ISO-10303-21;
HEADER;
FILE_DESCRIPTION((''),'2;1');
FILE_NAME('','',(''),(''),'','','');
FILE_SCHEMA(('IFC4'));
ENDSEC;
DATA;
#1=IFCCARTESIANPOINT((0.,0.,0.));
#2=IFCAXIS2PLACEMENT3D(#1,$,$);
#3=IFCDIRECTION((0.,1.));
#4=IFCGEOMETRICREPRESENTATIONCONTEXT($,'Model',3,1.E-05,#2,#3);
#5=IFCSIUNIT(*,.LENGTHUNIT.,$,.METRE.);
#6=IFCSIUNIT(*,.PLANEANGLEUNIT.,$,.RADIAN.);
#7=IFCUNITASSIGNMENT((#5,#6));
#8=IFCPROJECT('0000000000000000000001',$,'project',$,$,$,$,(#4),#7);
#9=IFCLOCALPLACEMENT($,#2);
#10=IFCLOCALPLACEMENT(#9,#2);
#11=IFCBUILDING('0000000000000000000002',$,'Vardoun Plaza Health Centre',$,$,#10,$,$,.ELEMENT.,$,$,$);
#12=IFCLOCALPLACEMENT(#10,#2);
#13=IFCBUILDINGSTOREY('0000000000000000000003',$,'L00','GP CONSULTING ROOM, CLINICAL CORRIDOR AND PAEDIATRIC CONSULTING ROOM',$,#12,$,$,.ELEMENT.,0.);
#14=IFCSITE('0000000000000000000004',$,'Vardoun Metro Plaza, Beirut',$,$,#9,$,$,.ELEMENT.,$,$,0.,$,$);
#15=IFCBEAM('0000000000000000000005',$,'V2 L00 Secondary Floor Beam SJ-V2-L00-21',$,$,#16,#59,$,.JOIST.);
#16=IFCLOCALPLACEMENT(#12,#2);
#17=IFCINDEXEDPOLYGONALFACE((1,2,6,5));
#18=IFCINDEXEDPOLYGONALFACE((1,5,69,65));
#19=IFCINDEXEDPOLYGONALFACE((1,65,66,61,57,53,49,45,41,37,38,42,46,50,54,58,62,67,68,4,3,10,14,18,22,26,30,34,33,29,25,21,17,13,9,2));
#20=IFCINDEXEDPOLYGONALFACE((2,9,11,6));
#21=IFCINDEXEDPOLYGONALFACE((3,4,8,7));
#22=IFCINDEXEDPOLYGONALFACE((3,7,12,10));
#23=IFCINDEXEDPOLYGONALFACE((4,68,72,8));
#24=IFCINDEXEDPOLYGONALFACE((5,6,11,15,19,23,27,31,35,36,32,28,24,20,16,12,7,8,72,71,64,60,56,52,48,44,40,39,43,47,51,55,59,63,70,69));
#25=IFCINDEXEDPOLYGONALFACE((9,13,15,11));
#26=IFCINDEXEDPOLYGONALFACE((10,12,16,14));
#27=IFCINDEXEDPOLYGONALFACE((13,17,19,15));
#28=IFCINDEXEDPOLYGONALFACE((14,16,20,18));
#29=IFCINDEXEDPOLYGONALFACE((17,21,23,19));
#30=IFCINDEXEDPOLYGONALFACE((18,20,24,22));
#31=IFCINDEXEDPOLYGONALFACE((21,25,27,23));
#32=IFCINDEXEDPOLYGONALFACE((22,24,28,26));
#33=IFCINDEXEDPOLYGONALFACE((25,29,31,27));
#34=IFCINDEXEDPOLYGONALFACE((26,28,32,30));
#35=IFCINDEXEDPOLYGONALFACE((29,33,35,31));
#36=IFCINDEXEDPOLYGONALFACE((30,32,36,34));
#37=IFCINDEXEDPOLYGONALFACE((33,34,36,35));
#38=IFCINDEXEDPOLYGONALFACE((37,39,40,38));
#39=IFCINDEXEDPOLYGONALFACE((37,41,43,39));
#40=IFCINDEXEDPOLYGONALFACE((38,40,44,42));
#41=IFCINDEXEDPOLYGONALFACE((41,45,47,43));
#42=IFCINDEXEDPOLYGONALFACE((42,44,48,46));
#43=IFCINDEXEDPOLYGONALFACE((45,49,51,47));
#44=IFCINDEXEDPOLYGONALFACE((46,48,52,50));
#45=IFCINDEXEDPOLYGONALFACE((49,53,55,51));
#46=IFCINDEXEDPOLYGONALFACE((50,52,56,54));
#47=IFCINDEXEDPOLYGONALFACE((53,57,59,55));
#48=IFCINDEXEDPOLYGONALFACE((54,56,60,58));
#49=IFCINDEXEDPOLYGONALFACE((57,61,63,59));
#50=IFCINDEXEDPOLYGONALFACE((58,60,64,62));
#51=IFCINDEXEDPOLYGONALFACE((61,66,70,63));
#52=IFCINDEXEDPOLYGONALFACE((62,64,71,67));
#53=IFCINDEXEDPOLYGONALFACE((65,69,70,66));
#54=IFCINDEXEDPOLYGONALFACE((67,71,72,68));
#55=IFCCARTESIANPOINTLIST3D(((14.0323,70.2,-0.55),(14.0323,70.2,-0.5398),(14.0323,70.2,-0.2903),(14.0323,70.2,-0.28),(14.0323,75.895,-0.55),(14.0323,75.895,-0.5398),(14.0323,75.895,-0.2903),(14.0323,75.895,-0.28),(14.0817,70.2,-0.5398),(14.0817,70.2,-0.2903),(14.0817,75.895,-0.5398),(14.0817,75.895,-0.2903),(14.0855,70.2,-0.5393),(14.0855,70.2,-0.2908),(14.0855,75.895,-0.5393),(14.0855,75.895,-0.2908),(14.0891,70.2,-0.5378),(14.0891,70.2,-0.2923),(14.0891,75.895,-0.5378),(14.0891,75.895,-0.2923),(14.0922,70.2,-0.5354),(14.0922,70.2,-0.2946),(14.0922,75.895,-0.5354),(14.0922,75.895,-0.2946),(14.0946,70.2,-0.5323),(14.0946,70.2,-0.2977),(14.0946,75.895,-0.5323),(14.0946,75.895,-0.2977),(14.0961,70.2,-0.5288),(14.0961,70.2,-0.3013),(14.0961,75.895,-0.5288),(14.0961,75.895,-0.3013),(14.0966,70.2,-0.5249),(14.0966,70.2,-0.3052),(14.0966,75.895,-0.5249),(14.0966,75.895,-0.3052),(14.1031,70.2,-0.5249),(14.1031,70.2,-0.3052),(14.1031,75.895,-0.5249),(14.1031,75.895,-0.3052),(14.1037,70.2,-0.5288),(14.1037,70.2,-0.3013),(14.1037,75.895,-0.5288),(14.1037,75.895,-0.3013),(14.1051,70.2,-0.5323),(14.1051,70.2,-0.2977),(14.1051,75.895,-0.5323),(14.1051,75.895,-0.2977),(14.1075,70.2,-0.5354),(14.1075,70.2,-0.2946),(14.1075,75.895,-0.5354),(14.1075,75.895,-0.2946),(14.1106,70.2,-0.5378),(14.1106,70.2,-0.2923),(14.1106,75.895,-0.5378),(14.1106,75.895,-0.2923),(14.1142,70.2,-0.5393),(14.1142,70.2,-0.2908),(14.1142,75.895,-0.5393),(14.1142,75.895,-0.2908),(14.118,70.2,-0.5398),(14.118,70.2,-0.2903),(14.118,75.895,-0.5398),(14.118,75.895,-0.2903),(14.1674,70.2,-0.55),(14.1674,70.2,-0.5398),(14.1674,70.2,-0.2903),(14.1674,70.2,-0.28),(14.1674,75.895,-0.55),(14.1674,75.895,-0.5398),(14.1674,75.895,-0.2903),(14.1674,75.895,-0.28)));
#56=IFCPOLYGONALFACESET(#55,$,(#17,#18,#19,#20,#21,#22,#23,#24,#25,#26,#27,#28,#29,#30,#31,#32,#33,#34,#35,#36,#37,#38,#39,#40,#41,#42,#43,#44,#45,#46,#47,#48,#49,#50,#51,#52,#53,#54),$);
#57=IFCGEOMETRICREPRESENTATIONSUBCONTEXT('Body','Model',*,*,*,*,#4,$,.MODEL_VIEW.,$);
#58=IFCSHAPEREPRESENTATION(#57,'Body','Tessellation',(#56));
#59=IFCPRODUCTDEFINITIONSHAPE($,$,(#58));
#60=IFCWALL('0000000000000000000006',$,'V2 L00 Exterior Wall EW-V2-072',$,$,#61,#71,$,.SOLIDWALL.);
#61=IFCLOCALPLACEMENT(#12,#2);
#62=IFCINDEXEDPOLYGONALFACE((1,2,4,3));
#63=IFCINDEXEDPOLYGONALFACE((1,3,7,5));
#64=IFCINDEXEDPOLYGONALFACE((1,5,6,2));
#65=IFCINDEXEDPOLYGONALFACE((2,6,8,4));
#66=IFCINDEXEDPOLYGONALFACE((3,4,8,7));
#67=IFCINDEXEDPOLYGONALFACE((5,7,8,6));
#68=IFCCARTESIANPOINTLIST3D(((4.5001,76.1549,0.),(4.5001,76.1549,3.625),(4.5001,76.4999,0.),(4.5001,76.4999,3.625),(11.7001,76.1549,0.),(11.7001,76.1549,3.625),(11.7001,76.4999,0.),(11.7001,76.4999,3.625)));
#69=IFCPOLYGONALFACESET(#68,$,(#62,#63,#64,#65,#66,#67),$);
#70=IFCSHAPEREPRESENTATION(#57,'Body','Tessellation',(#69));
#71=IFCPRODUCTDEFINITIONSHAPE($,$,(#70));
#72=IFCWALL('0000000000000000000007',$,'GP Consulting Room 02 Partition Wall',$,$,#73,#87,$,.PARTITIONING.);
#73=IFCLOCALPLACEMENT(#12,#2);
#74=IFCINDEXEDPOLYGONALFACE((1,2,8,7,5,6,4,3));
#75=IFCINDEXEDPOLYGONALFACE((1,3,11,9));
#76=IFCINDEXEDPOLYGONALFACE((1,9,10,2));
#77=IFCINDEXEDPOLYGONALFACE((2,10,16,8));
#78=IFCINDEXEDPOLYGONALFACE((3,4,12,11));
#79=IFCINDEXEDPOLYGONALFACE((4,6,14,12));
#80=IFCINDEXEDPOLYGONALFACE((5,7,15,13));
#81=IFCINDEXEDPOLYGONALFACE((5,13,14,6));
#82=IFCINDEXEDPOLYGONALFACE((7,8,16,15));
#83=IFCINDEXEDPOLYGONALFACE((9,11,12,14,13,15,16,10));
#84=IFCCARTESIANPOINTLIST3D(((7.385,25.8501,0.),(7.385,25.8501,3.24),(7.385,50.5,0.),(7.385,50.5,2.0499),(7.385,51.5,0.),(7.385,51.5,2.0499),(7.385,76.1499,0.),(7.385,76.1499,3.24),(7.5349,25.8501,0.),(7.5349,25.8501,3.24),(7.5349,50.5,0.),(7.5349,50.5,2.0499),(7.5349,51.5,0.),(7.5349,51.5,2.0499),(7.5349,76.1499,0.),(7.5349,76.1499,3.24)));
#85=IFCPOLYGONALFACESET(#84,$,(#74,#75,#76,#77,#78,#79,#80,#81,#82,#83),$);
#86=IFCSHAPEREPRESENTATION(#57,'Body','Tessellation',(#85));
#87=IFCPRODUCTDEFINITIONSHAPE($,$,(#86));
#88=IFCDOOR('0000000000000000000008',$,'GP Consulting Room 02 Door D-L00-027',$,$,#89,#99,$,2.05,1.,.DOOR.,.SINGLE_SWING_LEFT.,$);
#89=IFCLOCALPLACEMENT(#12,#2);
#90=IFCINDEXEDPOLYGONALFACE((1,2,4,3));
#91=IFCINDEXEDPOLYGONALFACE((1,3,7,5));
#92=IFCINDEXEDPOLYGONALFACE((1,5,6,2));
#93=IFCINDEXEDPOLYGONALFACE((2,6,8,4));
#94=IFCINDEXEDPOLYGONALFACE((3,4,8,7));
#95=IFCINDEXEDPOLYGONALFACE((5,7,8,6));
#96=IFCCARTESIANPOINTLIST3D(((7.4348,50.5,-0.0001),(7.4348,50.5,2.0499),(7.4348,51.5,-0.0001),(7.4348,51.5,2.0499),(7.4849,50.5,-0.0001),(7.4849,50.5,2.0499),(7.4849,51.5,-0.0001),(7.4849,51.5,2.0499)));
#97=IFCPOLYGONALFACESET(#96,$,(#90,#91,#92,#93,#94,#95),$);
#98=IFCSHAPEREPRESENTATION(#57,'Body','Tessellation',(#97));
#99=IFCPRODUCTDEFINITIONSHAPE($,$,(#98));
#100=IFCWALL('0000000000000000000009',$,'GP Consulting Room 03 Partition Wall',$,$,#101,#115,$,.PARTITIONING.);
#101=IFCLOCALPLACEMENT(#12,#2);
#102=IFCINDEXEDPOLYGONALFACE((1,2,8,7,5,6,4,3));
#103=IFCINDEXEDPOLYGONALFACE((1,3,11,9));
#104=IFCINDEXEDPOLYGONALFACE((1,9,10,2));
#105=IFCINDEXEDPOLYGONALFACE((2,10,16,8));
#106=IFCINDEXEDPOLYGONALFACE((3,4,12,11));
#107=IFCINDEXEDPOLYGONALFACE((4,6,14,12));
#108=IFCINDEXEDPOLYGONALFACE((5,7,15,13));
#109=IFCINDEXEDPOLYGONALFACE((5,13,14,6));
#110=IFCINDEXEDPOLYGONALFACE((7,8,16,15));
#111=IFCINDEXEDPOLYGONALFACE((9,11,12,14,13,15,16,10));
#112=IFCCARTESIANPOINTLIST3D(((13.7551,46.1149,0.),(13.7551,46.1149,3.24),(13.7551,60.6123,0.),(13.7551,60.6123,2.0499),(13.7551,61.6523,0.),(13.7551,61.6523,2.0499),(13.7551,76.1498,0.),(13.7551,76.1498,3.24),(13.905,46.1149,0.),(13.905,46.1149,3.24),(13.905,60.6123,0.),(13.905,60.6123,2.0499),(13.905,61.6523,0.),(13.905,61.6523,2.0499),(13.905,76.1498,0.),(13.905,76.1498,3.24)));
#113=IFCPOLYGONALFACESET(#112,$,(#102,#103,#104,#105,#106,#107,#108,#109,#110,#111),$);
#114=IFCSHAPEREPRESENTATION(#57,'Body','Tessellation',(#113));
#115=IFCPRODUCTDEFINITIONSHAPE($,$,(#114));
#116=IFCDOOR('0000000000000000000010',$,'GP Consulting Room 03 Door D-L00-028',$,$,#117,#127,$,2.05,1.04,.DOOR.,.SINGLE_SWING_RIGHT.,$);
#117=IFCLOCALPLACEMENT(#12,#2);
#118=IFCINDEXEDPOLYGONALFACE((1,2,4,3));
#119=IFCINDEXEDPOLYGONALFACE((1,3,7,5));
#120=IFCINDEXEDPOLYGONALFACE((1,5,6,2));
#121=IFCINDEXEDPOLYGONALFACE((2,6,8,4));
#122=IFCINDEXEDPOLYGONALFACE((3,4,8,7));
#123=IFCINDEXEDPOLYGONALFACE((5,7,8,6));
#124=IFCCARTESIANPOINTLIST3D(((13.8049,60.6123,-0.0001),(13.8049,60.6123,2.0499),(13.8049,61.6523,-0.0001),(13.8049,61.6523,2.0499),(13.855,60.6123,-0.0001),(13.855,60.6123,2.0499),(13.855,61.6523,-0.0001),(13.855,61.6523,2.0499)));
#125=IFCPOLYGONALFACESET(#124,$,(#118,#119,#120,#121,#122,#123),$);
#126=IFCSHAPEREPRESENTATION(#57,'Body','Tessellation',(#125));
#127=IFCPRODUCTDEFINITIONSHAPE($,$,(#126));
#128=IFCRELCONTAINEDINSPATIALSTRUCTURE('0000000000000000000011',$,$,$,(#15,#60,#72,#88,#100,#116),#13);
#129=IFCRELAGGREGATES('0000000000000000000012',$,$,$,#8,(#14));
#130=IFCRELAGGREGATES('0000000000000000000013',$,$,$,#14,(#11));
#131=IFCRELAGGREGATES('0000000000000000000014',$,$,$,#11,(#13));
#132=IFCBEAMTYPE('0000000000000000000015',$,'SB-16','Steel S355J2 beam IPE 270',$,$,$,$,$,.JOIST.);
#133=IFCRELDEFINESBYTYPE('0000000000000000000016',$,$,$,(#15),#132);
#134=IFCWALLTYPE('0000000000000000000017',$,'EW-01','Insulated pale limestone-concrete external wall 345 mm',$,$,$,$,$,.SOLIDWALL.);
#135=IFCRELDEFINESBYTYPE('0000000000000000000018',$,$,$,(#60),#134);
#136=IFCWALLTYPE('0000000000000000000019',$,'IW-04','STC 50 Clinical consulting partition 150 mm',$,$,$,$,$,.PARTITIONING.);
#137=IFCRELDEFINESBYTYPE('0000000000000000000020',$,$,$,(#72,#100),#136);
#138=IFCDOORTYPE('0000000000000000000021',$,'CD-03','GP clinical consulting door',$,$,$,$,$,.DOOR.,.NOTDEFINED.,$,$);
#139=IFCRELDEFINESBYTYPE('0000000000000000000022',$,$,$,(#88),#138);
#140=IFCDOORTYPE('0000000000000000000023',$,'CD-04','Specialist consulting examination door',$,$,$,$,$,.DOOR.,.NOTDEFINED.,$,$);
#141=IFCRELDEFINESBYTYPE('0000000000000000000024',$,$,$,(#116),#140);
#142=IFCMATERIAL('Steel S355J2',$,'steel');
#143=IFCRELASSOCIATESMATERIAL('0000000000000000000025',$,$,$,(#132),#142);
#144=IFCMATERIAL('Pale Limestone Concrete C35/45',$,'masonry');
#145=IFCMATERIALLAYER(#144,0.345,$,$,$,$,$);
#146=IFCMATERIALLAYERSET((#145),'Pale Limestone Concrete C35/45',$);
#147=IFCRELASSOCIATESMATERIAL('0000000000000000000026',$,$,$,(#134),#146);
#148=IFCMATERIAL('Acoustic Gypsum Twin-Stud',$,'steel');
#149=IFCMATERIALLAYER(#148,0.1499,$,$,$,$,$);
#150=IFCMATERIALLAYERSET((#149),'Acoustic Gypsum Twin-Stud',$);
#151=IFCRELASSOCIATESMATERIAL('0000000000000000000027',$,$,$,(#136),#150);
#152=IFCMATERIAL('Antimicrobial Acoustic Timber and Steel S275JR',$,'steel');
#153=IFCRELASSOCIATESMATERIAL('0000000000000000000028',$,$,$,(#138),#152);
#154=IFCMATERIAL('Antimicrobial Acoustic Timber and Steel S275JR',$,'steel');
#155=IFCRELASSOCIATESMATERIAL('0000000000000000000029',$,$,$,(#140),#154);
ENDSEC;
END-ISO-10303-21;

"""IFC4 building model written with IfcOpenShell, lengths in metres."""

from ifc_helpers import new_model, si_unit, direction, frame, frame_2d, origin, origin_2d, place, context, subcontext, project, spatial, rectangle, i_section, extrude, material, layer, layer_set, material_profile, profile_set, type_object, element, fill, save


model = new_model("IFC4")

# Units and contexts
model_context = context("Model", 3, precision=1e-05, world=origin(), true_north=direction((0.0, 1.0)))
body_context = subcontext(model_context, "Body", "Model", "MODEL_VIEW")
ifc_project = project(units=[si_unit("LENGTHUNIT", "METRE"), si_unit("PLANEANGLEUNIT", "RADIAN")], contexts=[model_context])

# Site, building, storey
site_placement = place(None, origin())
site = spatial("IfcSite", under=ifc_project, at=site_placement, Name="Vardoun Metro Plaza, Beirut", CompositionType="ELEMENT", RefElevation=0.0)
building_placement = place(site_placement, origin())
building = spatial("IfcBuilding", under=site, at=building_placement, Name="Vardoun Plaza Health Centre", CompositionType="ELEMENT")
storey_placement = place(building_placement, origin())
storey = spatial("IfcBuildingStorey", under=building, at=storey_placement, Name="L00", Description="GP CONSULTING ROOM, CLINICAL CORRIDOR AND PAEDIATRIC CONSULTING ROOM", CompositionType="ELEMENT", Elevation=0.0)

# Beam
ifc_material_1 = material(Name="Steel S355J2", Category="steel")
ifc_material_profile_1 = material_profile(ifc_material_1, i_section(OverallWidth=0.135, OverallDepth=0.27, WebThickness=0.0066, FlangeThickness=0.0103, FilletRadius=0.0149, at=origin_2d()), Name="IPE 270")
ifc_profile_set_1 = profile_set([ifc_material_profile_1], Name="Steel S355J2")
beam_type_1 = type_object("IfcBeamType", Name="SB-16", Description="Steel S355J2 beam IPE 270", PredefinedType="JOIST", material=ifc_profile_set_1)
beam_1_placement = place(storey_placement, frame((14.0999, 70.2, -0.415), z_axis=(0.0, 1.0, 0.0), x_axis=(-1.0, 0.0, 0.0)))
element("IfcBeam", 1, at=beam_1_placement, inside=storey, type_object=beam_type_1, Name="V2 L00 Secondary Floor Beam SJ-V2-L00-21", PredefinedType="JOIST", context=body_context, shape_type="SweptSolid", body=[
    extrude(i_section(OverallWidth=0.135, OverallDepth=0.27, WebThickness=0.0066, FlangeThickness=0.0103, FilletRadius=0.0149, at=origin_2d()), origin(), (0.0, 0.0, 1.0), 5.6951),
])

# Wall
ifc_material_2 = material(Name="Pale Limestone Concrete C35/45", Category="masonry")
ifc_layer_1 = layer(ifc_material_2, 0.345)
ifc_layer_set_1 = layer_set([ifc_layer_1], Name="Pale Limestone Concrete C35/45")
wall_type_1 = type_object("IfcWallType", Name="EW-01", Description="Insulated pale limestone-concrete external wall 345 mm", PredefinedType="SOLIDWALL", material=ifc_layer_set_1)
wall_1_placement = place(storey_placement, frame((4.5, 76.3274, 0.0), z_axis=(0.0, 0.0, 1.0), x_axis=(1.0, 0.0, 0.0)))
element("IfcWall", 2, at=wall_1_placement, inside=storey, type_object=wall_type_1, Name="V2 L00 Exterior Wall EW-V2-072", PredefinedType="SOLIDWALL", context=body_context, shape_type="SweptSolid", body=[
    extrude(rectangle(XDim=7.2, YDim=0.345, at=frame_2d((3.6001, 0.0))), origin(), (0.0, 0.0, 1.0), 3.625),
])

# Walls, openings, doors
ifc_material_3 = material(Name="Acoustic Gypsum Twin-Stud", Category="steel")
ifc_layer_2 = layer(ifc_material_3, 0.1499)
ifc_layer_set_2 = layer_set([ifc_layer_2], Name="Acoustic Gypsum Twin-Stud")
wall_type_2 = type_object("IfcWallType", Name="IW-04", Description="STC 50 Clinical consulting partition 150 mm", PredefinedType="PARTITIONING", material=ifc_layer_set_2)
wall_2_placement = place(storey_placement, frame((7.46, 76.1499, 0.0), z_axis=(0.0, 0.0, 1.0), x_axis=(0.0, -1.0, 0.0)))
wall_2 = element("IfcWall", 3, at=wall_2_placement, inside=storey, type_object=wall_type_2, Name="GP Consulting Room 02 Partition Wall", PredefinedType="PARTITIONING", context=body_context, shape_type="SweptSolid", body=[
    extrude(rectangle(XDim=50.2998, YDim=0.1499, at=frame_2d((25.1499, 0.0))), origin(), (0.0, 0.0, 1.0), 3.24),
])
opening_1_placement = place(wall_2_placement, frame((24.6499, 0.0, 0.0)))
opening_1 = element("IfcOpeningElement", 4, at=opening_1_placement, cuts=wall_2, PredefinedType="OPENING", context=body_context, shape_type="SweptSolid", body=[
    extrude(rectangle(XDim=1.0, YDim=2.05, at=frame_2d((0.5, 1.0249))), frame((0.0, 0.075, 0.0), z_axis=(0.0, -1.0, 0.0), x_axis=(1.0, 0.0, 0.0)), (0.0, 0.0, 1.0), 0.1499),
])
ifc_material_4 = material(Name="Antimicrobial Acoustic Timber and Steel S275JR", Category="steel")
door_type_1 = type_object("IfcDoorType", Name="CD-03", Description="GP clinical consulting door", OperationType="NOTDEFINED", PredefinedType="DOOR", material=ifc_material_4)
door_1_placement = place(opening_1_placement, origin())
door_1 = element("IfcDoor", 5, at=door_1_placement, inside=storey, type_object=door_type_1, Name="GP Consulting Room 02 Door D-L00-027", OperationType="SINGLE_SWING_LEFT", OverallHeight=2.05, OverallWidth=1.0, PredefinedType="DOOR", context=body_context, shape_type="SweptSolid", body=[
    extrude(rectangle(XDim=1.0, YDim=2.05, at=frame_2d((0.5, 1.0249))), frame((0.0, 0.0249, 0.0), z_axis=(0.0, -1.0, 0.0), x_axis=(1.0, 0.0, 0.0)), (0.0, 0.0, 1.0), 0.05),
])
fill(opening_1, door_1)
wall_3_placement = place(storey_placement, frame((13.8301, 76.1499, 0.0), z_axis=(0.0, 0.0, 1.0), x_axis=(0.0, -1.0, 0.0)))
wall_3 = element("IfcWall", 6, at=wall_3_placement, inside=storey, type_object=wall_type_2, Name="GP Consulting Room 03 Partition Wall", PredefinedType="PARTITIONING", context=body_context, shape_type="SweptSolid", body=[
    extrude(rectangle(XDim=30.0349, YDim=0.1499, at=frame_2d((15.0176, 0.0))), origin(), (0.0, 0.0, 1.0), 3.24),
])
opening_2_placement = place(wall_3_placement, frame((14.4976, 0.0, 0.0)))
opening_2 = element("IfcOpeningElement", 7, at=opening_2_placement, cuts=wall_3, PredefinedType="OPENING", context=body_context, shape_type="SweptSolid", body=[
    extrude(rectangle(XDim=1.04, YDim=2.05, at=frame_2d((0.52, 1.0249))), frame((0.0, 0.075, 0.0), z_axis=(0.0, -1.0, 0.0), x_axis=(1.0, 0.0, 0.0)), (0.0, 0.0, 1.0), 0.1499),
])
ifc_material_5 = material(Name="Antimicrobial Acoustic Timber and Steel S275JR", Category="steel")
door_type_2 = type_object("IfcDoorType", Name="CD-04", Description="Specialist consulting examination door", OperationType="NOTDEFINED", PredefinedType="DOOR", material=ifc_material_5)
door_2_placement = place(opening_2_placement, origin())
door_2 = element("IfcDoor", 8, at=door_2_placement, inside=storey, type_object=door_type_2, Name="GP Consulting Room 03 Door D-L00-028", OperationType="SINGLE_SWING_RIGHT", OverallHeight=2.05, OverallWidth=1.04, PredefinedType="DOOR", context=body_context, shape_type="SweptSolid", body=[
    extrude(rectangle(XDim=1.04, YDim=2.05, at=frame_2d((0.52, 1.0249))), frame((0.0, 0.0249, 0.0), z_axis=(0.0, -1.0, 0.0), x_axis=(1.0, 0.0, 0.0)), (0.0, 0.0, 1.0), 0.05),
])
fill(opening_2, door_2)

save(model, "model.ifc")
